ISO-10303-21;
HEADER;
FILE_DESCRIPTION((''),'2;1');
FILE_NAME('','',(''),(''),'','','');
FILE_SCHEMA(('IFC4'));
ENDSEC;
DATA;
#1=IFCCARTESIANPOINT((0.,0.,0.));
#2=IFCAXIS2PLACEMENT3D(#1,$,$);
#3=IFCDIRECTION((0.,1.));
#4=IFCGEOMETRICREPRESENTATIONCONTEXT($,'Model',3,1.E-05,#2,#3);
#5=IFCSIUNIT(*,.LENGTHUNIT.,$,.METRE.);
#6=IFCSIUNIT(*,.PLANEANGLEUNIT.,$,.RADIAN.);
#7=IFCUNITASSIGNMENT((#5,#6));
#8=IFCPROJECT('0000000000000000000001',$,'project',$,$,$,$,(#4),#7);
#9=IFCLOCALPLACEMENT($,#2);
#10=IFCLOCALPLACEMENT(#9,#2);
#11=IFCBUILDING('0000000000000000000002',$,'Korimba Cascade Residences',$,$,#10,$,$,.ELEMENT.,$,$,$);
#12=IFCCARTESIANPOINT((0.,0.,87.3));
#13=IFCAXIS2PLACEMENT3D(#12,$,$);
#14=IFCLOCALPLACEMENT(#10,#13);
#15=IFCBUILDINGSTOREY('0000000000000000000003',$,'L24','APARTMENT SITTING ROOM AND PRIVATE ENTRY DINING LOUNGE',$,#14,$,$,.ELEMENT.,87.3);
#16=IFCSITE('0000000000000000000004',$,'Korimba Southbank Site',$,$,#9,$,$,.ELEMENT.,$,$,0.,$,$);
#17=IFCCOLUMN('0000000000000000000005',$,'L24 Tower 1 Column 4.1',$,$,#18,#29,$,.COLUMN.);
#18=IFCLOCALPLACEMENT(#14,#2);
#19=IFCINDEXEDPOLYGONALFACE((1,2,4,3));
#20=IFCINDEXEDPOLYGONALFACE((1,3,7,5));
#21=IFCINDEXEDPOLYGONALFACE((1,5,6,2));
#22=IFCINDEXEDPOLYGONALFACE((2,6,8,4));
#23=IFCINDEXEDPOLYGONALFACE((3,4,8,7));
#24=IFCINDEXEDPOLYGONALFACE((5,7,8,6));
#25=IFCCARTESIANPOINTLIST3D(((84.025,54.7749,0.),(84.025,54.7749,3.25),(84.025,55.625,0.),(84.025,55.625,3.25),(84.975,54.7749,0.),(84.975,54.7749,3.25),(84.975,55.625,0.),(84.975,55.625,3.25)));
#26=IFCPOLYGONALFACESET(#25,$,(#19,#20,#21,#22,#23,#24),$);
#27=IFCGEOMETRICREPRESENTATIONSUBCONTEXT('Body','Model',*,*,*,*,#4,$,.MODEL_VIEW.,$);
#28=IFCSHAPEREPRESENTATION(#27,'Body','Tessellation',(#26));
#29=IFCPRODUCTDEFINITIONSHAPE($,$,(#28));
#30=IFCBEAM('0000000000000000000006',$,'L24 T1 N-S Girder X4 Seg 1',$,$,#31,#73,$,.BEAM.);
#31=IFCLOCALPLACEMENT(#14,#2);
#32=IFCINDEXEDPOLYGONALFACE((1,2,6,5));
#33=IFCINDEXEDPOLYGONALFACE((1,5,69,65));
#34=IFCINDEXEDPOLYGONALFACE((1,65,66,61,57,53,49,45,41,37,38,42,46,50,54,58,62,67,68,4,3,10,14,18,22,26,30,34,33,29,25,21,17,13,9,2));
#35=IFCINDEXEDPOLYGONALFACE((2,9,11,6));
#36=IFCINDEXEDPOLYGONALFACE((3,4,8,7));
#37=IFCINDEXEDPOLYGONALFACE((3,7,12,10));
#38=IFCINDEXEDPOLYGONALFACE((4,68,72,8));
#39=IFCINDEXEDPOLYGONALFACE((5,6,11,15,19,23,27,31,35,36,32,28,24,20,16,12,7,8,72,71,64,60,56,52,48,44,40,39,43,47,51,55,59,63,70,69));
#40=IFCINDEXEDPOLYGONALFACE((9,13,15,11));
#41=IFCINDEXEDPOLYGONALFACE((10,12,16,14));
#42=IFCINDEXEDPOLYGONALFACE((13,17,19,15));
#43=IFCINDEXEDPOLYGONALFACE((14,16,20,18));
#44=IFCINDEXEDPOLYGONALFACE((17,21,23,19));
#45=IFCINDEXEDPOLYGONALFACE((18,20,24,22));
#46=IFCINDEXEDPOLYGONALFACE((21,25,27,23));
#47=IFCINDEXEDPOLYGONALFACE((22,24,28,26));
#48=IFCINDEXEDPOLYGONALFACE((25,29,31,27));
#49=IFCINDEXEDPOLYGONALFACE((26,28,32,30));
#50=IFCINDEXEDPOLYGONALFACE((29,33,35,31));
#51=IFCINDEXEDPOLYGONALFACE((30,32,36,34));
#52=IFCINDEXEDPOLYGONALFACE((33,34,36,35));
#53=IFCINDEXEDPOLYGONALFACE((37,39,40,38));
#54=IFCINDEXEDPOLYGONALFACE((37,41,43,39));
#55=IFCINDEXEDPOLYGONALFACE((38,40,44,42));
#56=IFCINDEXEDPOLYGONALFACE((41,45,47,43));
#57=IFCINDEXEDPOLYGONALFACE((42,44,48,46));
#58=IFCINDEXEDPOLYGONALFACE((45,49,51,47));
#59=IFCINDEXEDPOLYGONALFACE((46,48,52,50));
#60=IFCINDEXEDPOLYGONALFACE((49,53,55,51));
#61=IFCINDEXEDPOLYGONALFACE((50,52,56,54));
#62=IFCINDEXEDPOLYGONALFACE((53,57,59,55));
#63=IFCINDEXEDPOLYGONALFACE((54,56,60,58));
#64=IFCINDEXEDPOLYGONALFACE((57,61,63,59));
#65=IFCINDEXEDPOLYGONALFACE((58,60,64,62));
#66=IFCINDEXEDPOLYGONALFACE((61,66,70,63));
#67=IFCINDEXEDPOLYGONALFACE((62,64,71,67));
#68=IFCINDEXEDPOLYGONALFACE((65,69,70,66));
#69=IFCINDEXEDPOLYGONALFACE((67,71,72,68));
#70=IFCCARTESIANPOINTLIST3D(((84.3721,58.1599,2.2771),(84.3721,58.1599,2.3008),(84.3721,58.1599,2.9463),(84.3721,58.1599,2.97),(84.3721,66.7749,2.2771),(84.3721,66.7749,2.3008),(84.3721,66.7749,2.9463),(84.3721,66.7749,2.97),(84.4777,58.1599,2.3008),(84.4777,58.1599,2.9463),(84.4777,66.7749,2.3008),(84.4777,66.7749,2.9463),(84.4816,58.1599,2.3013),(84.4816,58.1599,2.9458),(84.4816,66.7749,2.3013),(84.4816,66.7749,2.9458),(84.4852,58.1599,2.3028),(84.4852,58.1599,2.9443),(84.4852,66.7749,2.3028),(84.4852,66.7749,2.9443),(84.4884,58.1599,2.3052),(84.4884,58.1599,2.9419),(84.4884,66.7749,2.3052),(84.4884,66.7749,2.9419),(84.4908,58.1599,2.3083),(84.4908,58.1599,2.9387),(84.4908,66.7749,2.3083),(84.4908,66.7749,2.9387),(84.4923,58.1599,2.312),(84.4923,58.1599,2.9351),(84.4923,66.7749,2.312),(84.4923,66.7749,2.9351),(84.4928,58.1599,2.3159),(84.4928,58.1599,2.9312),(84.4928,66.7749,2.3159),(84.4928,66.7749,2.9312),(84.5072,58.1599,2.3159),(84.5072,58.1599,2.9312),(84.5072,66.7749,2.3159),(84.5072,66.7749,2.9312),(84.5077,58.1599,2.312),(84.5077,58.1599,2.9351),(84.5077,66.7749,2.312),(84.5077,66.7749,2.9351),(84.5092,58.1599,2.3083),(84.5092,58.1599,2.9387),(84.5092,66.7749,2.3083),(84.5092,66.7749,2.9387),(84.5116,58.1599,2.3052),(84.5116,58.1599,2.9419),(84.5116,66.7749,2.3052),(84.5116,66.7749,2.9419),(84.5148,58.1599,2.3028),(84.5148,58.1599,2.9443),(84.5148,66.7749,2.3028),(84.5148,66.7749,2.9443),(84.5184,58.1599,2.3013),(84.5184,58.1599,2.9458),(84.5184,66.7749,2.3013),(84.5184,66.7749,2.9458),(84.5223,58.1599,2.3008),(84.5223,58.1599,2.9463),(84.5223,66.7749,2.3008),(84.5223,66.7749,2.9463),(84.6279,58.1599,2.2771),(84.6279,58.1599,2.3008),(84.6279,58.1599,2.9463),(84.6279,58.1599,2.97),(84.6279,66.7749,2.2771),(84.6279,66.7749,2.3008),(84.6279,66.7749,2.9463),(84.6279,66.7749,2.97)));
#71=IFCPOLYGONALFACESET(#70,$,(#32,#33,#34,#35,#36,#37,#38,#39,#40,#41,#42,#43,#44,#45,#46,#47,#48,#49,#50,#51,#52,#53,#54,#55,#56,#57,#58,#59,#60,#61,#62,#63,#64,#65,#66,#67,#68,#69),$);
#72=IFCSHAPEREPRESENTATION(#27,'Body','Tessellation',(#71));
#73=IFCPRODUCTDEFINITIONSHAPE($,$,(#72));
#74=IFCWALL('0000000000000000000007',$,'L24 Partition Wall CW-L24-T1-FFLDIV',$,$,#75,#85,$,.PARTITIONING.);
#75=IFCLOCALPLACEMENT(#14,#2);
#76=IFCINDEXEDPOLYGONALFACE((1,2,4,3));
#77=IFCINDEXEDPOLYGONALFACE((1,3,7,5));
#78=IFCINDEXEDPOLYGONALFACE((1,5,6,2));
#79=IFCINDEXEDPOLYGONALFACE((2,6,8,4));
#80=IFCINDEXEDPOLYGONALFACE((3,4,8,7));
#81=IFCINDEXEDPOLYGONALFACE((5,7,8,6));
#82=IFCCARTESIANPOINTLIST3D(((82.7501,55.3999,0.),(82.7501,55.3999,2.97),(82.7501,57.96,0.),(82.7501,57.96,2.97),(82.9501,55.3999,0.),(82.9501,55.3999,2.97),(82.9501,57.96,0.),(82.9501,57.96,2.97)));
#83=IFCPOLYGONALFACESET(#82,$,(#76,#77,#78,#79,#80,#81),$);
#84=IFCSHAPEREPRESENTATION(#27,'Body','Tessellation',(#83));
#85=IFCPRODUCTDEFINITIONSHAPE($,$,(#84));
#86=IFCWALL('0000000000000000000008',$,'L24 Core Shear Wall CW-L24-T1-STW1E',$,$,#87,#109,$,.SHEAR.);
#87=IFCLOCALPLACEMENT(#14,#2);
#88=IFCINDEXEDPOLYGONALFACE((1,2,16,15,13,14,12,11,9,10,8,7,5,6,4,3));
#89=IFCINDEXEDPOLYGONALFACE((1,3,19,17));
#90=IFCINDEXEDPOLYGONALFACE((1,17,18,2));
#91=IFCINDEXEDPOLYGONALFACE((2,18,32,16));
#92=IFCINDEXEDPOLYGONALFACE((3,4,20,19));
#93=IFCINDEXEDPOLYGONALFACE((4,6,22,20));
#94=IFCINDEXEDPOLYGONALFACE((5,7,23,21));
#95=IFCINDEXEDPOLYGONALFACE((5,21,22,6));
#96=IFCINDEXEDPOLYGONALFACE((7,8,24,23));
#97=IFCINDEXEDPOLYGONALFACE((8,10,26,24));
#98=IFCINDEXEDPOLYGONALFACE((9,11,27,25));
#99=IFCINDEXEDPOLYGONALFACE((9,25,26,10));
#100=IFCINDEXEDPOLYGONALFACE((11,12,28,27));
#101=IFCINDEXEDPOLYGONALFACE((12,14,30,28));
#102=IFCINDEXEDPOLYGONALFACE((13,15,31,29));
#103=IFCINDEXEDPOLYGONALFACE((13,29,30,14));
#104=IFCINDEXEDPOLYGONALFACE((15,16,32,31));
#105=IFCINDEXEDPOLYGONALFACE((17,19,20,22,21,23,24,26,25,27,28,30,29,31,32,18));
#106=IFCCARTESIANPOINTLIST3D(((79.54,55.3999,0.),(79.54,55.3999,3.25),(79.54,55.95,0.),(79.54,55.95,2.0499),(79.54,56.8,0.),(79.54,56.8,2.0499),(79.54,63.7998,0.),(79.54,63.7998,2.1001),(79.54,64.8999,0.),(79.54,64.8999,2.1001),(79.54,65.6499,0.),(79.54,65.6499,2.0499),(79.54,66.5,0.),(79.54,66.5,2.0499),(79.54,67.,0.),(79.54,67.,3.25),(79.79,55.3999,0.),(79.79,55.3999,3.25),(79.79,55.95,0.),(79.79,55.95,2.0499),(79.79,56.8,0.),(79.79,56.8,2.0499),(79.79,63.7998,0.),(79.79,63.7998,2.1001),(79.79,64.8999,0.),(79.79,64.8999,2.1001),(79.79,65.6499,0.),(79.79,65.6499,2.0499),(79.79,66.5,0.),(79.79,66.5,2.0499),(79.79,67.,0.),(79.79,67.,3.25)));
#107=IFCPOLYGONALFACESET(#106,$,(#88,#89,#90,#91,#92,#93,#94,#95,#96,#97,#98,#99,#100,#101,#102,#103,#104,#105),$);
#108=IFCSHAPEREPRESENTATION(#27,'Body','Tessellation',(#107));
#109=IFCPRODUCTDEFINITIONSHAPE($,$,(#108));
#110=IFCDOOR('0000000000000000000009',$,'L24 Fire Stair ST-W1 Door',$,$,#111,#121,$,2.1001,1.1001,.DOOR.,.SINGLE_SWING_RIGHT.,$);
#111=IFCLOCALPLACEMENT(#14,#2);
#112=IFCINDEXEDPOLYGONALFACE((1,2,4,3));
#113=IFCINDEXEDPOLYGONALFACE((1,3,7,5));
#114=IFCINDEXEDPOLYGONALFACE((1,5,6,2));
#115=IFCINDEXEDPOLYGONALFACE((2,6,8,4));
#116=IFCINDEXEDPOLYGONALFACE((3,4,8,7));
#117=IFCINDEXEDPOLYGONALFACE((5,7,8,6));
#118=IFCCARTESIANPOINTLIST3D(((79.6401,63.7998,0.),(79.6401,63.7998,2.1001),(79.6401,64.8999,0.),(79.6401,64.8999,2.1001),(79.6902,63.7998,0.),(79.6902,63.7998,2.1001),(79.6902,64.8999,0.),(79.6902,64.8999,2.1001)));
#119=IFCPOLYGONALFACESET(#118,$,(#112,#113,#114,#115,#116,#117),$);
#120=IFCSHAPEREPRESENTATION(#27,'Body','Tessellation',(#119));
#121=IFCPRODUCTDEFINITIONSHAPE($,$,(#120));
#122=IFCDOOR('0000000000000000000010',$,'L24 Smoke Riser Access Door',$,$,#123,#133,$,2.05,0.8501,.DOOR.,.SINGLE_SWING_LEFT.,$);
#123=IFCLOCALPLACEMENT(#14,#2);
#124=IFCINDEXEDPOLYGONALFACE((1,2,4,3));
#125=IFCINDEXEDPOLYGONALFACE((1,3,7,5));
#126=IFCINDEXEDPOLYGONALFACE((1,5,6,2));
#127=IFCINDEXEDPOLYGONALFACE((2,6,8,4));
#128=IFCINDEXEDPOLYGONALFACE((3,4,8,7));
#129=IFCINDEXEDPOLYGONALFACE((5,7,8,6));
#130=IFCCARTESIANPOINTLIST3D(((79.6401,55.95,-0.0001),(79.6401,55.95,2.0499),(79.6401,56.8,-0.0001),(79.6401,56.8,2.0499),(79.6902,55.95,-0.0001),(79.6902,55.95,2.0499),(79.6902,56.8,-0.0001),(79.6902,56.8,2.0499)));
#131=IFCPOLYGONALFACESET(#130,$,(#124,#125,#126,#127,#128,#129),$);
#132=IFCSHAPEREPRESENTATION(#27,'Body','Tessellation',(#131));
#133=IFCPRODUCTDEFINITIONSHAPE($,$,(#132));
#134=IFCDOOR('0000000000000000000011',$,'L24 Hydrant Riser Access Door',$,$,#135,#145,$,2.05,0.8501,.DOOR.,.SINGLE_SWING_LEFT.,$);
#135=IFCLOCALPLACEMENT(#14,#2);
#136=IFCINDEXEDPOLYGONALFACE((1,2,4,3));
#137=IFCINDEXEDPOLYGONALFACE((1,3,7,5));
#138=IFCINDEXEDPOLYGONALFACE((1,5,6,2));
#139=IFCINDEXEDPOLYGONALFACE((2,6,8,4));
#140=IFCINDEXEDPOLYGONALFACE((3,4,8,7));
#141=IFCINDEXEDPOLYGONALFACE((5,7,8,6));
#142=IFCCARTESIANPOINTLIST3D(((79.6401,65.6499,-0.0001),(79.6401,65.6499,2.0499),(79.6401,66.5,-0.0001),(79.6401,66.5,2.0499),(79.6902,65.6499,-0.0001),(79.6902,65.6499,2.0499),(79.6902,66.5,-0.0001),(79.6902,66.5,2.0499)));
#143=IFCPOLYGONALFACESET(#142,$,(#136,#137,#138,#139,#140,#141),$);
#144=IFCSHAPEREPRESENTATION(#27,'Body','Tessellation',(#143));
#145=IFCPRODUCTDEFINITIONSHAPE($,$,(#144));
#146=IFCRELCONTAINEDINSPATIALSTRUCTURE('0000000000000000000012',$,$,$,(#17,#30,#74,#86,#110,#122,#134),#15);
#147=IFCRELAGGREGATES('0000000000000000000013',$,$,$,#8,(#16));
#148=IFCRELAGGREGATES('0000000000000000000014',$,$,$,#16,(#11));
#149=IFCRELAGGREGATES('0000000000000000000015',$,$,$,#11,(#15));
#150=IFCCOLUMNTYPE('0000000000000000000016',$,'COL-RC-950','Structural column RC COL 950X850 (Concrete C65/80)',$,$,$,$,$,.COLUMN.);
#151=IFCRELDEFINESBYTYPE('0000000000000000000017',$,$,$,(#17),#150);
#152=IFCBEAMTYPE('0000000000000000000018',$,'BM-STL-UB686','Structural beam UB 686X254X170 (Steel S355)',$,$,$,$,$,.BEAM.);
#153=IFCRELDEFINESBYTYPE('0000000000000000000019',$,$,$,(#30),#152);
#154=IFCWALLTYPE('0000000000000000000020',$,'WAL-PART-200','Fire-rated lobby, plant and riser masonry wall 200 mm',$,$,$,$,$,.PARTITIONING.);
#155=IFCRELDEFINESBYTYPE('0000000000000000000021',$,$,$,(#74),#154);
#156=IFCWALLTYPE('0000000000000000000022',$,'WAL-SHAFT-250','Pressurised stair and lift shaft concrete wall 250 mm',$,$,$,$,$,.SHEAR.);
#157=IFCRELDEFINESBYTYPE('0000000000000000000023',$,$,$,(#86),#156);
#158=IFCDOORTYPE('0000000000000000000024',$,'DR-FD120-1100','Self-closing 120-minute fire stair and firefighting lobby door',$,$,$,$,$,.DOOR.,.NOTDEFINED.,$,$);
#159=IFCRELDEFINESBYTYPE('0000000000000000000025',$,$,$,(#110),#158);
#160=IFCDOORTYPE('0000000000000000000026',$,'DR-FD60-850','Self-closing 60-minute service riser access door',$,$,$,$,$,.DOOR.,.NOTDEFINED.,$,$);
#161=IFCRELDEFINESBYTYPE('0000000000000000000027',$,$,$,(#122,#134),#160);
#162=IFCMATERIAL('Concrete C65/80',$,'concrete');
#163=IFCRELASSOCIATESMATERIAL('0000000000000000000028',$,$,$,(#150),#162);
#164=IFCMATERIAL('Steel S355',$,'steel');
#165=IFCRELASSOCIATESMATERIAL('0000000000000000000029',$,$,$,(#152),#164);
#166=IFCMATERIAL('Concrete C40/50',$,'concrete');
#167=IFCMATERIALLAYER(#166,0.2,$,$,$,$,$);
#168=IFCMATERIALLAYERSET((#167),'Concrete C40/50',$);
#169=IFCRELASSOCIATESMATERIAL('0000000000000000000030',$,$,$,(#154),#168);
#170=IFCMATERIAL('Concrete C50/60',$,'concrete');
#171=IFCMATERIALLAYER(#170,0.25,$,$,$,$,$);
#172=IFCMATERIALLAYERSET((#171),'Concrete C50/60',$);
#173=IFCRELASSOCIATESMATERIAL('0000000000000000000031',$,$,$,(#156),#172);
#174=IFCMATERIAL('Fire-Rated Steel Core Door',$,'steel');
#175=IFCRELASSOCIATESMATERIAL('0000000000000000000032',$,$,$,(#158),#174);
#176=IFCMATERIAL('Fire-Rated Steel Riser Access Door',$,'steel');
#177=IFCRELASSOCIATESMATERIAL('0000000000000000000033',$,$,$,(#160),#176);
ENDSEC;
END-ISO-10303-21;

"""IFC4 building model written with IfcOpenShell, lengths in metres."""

from ifc_helpers import new_model, si_unit, direction, frame, frame_2d, origin, origin_2d, place, context, subcontext, project, spatial, rectangle, i_section, extrude, material, layer, layer_set, material_profile, profile_set, type_object, element, fill, save


model = new_model("IFC4")

# Units and contexts
model_context = context("Model", 3, precision=1e-05, world=origin(), true_north=direction((0.0, 1.0)))
body_context = subcontext(model_context, "Body", "Model", "MODEL_VIEW")
ifc_project = project(units=[si_unit("LENGTHUNIT", "METRE"), si_unit("PLANEANGLEUNIT", "RADIAN")], contexts=[model_context])

# Site, building, storey
site_placement = place(None, origin())
site = spatial("IfcSite", under=ifc_project, at=site_placement, Name="Korimba Southbank Site", CompositionType="ELEMENT", RefElevation=0.0)
building_placement = place(site_placement, origin())
building = spatial("IfcBuilding", under=site, at=building_placement, Name="Korimba Cascade Residences", CompositionType="ELEMENT")
storey_placement = place(building_placement, frame((0.0, 0.0, 87.3)))
storey = spatial("IfcBuildingStorey", under=building, at=storey_placement, Name="L24", Description="APARTMENT SITTING ROOM AND PRIVATE ENTRY DINING LOUNGE", CompositionType="ELEMENT", Elevation=87.3)

# Column
ifc_material_1 = material(Name="Concrete C65/80", Category="concrete")
ifc_material_profile_1 = material_profile(ifc_material_1, rectangle(XDim=0.95, YDim=0.8501, at=origin_2d()), Name="Concrete C65/80")
ifc_profile_set_1 = profile_set([ifc_material_profile_1], Name="Concrete C65/80")
column_type = type_object("IfcColumnType", Name="COL-RC-950", Description="Structural column RC COL 950X850 (Concrete C65/80)", PredefinedType="COLUMN", material=ifc_profile_set_1)
column_placement = place(storey_placement, frame((84.5, 55.2, 0.0), z_axis=(0.0, 0.0, 1.0), x_axis=(1.0, 0.0, 0.0)))
element("IfcColumn", 1, at=column_placement, inside=storey, type_object=column_type, Name="L24 Tower 1 Column 4.1", PredefinedType="COLUMN", context=body_context, shape_type="SweptSolid", body=[
    extrude(rectangle(XDim=0.95, YDim=0.8501, at=origin_2d()), origin(), (0.0, 0.0, 1.0), 3.25),
])

# Beam
ifc_material_2 = material(Name="Steel S355", Category="steel")
ifc_material_profile_2 = material_profile(ifc_material_2, i_section(OverallWidth=0.2559, OverallDepth=0.6929, WebThickness=0.0144, FlangeThickness=0.0237, FilletRadius=0.0151, at=origin_2d()), Name="Steel S355")
ifc_profile_set_2 = profile_set([ifc_material_profile_2], Name="Steel S355")
beam_type = type_object("IfcBeamType", Name="BM-STL-UB686", Description="Structural beam UB 686X254X170 (Steel S355)", PredefinedType="BEAM", material=ifc_profile_set_2)
beam_placement = place(storey_placement, frame((84.5, 58.1599, 2.6235), z_axis=(0.0, 1.0, 0.0), x_axis=(-1.0, 0.0, 0.0)))
element("IfcBeam", 2, at=beam_placement, inside=storey, type_object=beam_type, Name="L24 T1 N-S Girder X4 Seg 1", PredefinedType="BEAM", context=body_context, shape_type="SweptSolid", body=[
    extrude(i_section(OverallWidth=0.2559, OverallDepth=0.6929, WebThickness=0.0144, FlangeThickness=0.0237, FilletRadius=0.0151, at=origin_2d()), origin(), (0.0, 0.0, 1.0), 8.615),
])

# Wall
ifc_material_3 = material(Name="Concrete C40/50", Category="concrete")
ifc_layer_1 = layer(ifc_material_3, 0.2)
ifc_layer_set_1 = layer_set([ifc_layer_1], Name="Concrete C40/50")
wall_type_1 = type_object("IfcWallType", Name="WAL-PART-200", Description="Fire-rated lobby, plant and riser masonry wall 200 mm", PredefinedType="PARTITIONING", material=ifc_layer_set_1)
wall_1_placement = place(storey_placement, frame((82.8501, 55.3999, 0.0), z_axis=(0.0, 0.0, 1.0), x_axis=(0.0, 1.0, 0.0)))
element("IfcWall", 3, at=wall_1_placement, inside=storey, type_object=wall_type_1, Name="L24 Partition Wall CW-L24-T1-FFLDIV", PredefinedType="PARTITIONING", context=body_context, shape_type="SweptSolid", body=[
    extrude(rectangle(XDim=2.5601, YDim=0.2, at=frame_2d((1.28, 0.0))), origin(), (0.0, 0.0, 1.0), 2.97),
])

# Wall, openings, doors
ifc_material_4 = material(Name="Concrete C50/60", Category="concrete")
ifc_layer_2 = layer(ifc_material_4, 0.25)
ifc_layer_set_2 = layer_set([ifc_layer_2], Name="Concrete C50/60")
wall_type_2 = type_object("IfcWallType", Name="WAL-SHAFT-250", Description="Pressurised stair and lift shaft concrete wall 250 mm", PredefinedType="SHEAR", material=ifc_layer_set_2)
wall_2_placement = place(storey_placement, frame((79.665, 55.3999, 0.0), z_axis=(0.0, 0.0, 1.0), x_axis=(0.0, 1.0, 0.0)))
wall_2 = element("IfcWall", 4, at=wall_2_placement, inside=storey, type_object=wall_type_2, Name="L24 Core Shear Wall CW-L24-T1-STW1E", PredefinedType="SHEAR", context=body_context, shape_type="SweptSolid", body=[
    extrude(rectangle(XDim=11.6001, YDim=0.25, at=frame_2d((5.8, 0.0))), origin(), (0.0, 0.0, 1.0), 3.25),
])
opening_1_placement = place(wall_2_placement, frame((0.55, 0.0, 0.0)))
opening_1 = element("IfcOpeningElement", 5, at=opening_1_placement, cuts=wall_2, PredefinedType="OPENING", context=body_context, shape_type="SweptSolid", body=[
    extrude(rectangle(XDim=0.8501, YDim=2.05, at=frame_2d((0.425, 1.0249))), frame((0.0, 0.135, 0.0), z_axis=(0.0, -1.0, 0.0), x_axis=(1.0, 0.0, 0.0)), (0.0, 0.0, 1.0), 0.27),
])
opening_2_placement = place(wall_2_placement, frame((8.3999, 0.0, 0.0)))
opening_2 = element("IfcOpeningElement", 6, at=opening_2_placement, cuts=wall_2, PredefinedType="OPENING", context=body_context, shape_type="SweptSolid", body=[
    extrude(rectangle(XDim=1.1001, YDim=2.1001, at=frame_2d((0.55, 1.05))), frame((0.0, 0.135, 0.0), z_axis=(0.0, -1.0, 0.0), x_axis=(1.0, 0.0, 0.0)), (0.0, 0.0, 1.0), 0.27),
])
opening_3_placement = place(wall_2_placement, frame((10.25, 0.0, 0.0)))
opening_3 = element("IfcOpeningElement", 7, at=opening_3_placement, cuts=wall_2, PredefinedType="OPENING", context=body_context, shape_type="SweptSolid", body=[
    extrude(rectangle(XDim=0.8501, YDim=2.05, at=frame_2d((0.425, 1.0249))), frame((0.0, 0.135, 0.0), z_axis=(0.0, -1.0, 0.0), x_axis=(1.0, 0.0, 0.0)), (0.0, 0.0, 1.0), 0.27),
])
ifc_material_5 = material(Name="Fire-Rated Steel Core Door", Category="steel")
door_type_1 = type_object("IfcDoorType", Name="DR-FD120-1100", Description="Self-closing 120-minute fire stair and firefighting lobby door", OperationType="NOTDEFINED", PredefinedType="DOOR", material=ifc_material_5)
door_1_placement = place(opening_2_placement, origin())
door_1 = element("IfcDoor", 8, at=door_1_placement, inside=storey, type_object=door_type_1, Name="L24 Fire Stair ST-W1 Door", OperationType="SINGLE_SWING_RIGHT", OverallHeight=2.1001, OverallWidth=1.1001, PredefinedType="DOOR", context=body_context, shape_type="SweptSolid", body=[
    extrude(rectangle(XDim=1.1001, YDim=2.1001, at=frame_2d((0.55, 1.05))), frame((0.0, 0.0249, 0.0), z_axis=(0.0, -1.0, 0.0), x_axis=(1.0, 0.0, 0.0)), (0.0, 0.0, 1.0), 0.05),
])
fill(opening_2, door_1)
ifc_material_6 = material(Name="Fire-Rated Steel Riser Access Door", Category="steel")
door_type_2 = type_object("IfcDoorType", Name="DR-FD60-850", Description="Self-closing 60-minute service riser access door", OperationType="NOTDEFINED", PredefinedType="DOOR", material=ifc_material_6)
door_2_placement = place(opening_1_placement, origin())
door_2 = element("IfcDoor", 9, at=door_2_placement, inside=storey, type_object=door_type_2, Name="L24 Smoke Riser Access Door", OperationType="SINGLE_SWING_LEFT", OverallHeight=2.05, OverallWidth=0.8501, PredefinedType="DOOR", context=body_context, shape_type="SweptSolid", body=[
    extrude(rectangle(XDim=0.8501, YDim=2.05, at=frame_2d((0.425, 1.0249))), frame((0.0, 0.0249, 0.0), z_axis=(0.0, -1.0, 0.0), x_axis=(1.0, 0.0, 0.0)), (0.0, 0.0, 1.0), 0.05),
])
fill(opening_1, door_2)
door_3_placement = place(opening_3_placement, origin())
door_3 = element("IfcDoor", 10, at=door_3_placement, inside=storey, type_object=door_type_2, Name="L24 Hydrant Riser Access Door", OperationType="SINGLE_SWING_LEFT", OverallHeight=2.05, OverallWidth=0.8501, PredefinedType="DOOR", context=body_context, shape_type="SweptSolid", body=[
    extrude(rectangle(XDim=0.8501, YDim=2.05, at=frame_2d((0.425, 1.0249))), frame((0.0, 0.0249, 0.0), z_axis=(0.0, -1.0, 0.0), x_axis=(1.0, 0.0, 0.0)), (0.0, 0.0, 1.0), 0.05),
])
fill(opening_3, door_3)

save(model, "model.ifc")
